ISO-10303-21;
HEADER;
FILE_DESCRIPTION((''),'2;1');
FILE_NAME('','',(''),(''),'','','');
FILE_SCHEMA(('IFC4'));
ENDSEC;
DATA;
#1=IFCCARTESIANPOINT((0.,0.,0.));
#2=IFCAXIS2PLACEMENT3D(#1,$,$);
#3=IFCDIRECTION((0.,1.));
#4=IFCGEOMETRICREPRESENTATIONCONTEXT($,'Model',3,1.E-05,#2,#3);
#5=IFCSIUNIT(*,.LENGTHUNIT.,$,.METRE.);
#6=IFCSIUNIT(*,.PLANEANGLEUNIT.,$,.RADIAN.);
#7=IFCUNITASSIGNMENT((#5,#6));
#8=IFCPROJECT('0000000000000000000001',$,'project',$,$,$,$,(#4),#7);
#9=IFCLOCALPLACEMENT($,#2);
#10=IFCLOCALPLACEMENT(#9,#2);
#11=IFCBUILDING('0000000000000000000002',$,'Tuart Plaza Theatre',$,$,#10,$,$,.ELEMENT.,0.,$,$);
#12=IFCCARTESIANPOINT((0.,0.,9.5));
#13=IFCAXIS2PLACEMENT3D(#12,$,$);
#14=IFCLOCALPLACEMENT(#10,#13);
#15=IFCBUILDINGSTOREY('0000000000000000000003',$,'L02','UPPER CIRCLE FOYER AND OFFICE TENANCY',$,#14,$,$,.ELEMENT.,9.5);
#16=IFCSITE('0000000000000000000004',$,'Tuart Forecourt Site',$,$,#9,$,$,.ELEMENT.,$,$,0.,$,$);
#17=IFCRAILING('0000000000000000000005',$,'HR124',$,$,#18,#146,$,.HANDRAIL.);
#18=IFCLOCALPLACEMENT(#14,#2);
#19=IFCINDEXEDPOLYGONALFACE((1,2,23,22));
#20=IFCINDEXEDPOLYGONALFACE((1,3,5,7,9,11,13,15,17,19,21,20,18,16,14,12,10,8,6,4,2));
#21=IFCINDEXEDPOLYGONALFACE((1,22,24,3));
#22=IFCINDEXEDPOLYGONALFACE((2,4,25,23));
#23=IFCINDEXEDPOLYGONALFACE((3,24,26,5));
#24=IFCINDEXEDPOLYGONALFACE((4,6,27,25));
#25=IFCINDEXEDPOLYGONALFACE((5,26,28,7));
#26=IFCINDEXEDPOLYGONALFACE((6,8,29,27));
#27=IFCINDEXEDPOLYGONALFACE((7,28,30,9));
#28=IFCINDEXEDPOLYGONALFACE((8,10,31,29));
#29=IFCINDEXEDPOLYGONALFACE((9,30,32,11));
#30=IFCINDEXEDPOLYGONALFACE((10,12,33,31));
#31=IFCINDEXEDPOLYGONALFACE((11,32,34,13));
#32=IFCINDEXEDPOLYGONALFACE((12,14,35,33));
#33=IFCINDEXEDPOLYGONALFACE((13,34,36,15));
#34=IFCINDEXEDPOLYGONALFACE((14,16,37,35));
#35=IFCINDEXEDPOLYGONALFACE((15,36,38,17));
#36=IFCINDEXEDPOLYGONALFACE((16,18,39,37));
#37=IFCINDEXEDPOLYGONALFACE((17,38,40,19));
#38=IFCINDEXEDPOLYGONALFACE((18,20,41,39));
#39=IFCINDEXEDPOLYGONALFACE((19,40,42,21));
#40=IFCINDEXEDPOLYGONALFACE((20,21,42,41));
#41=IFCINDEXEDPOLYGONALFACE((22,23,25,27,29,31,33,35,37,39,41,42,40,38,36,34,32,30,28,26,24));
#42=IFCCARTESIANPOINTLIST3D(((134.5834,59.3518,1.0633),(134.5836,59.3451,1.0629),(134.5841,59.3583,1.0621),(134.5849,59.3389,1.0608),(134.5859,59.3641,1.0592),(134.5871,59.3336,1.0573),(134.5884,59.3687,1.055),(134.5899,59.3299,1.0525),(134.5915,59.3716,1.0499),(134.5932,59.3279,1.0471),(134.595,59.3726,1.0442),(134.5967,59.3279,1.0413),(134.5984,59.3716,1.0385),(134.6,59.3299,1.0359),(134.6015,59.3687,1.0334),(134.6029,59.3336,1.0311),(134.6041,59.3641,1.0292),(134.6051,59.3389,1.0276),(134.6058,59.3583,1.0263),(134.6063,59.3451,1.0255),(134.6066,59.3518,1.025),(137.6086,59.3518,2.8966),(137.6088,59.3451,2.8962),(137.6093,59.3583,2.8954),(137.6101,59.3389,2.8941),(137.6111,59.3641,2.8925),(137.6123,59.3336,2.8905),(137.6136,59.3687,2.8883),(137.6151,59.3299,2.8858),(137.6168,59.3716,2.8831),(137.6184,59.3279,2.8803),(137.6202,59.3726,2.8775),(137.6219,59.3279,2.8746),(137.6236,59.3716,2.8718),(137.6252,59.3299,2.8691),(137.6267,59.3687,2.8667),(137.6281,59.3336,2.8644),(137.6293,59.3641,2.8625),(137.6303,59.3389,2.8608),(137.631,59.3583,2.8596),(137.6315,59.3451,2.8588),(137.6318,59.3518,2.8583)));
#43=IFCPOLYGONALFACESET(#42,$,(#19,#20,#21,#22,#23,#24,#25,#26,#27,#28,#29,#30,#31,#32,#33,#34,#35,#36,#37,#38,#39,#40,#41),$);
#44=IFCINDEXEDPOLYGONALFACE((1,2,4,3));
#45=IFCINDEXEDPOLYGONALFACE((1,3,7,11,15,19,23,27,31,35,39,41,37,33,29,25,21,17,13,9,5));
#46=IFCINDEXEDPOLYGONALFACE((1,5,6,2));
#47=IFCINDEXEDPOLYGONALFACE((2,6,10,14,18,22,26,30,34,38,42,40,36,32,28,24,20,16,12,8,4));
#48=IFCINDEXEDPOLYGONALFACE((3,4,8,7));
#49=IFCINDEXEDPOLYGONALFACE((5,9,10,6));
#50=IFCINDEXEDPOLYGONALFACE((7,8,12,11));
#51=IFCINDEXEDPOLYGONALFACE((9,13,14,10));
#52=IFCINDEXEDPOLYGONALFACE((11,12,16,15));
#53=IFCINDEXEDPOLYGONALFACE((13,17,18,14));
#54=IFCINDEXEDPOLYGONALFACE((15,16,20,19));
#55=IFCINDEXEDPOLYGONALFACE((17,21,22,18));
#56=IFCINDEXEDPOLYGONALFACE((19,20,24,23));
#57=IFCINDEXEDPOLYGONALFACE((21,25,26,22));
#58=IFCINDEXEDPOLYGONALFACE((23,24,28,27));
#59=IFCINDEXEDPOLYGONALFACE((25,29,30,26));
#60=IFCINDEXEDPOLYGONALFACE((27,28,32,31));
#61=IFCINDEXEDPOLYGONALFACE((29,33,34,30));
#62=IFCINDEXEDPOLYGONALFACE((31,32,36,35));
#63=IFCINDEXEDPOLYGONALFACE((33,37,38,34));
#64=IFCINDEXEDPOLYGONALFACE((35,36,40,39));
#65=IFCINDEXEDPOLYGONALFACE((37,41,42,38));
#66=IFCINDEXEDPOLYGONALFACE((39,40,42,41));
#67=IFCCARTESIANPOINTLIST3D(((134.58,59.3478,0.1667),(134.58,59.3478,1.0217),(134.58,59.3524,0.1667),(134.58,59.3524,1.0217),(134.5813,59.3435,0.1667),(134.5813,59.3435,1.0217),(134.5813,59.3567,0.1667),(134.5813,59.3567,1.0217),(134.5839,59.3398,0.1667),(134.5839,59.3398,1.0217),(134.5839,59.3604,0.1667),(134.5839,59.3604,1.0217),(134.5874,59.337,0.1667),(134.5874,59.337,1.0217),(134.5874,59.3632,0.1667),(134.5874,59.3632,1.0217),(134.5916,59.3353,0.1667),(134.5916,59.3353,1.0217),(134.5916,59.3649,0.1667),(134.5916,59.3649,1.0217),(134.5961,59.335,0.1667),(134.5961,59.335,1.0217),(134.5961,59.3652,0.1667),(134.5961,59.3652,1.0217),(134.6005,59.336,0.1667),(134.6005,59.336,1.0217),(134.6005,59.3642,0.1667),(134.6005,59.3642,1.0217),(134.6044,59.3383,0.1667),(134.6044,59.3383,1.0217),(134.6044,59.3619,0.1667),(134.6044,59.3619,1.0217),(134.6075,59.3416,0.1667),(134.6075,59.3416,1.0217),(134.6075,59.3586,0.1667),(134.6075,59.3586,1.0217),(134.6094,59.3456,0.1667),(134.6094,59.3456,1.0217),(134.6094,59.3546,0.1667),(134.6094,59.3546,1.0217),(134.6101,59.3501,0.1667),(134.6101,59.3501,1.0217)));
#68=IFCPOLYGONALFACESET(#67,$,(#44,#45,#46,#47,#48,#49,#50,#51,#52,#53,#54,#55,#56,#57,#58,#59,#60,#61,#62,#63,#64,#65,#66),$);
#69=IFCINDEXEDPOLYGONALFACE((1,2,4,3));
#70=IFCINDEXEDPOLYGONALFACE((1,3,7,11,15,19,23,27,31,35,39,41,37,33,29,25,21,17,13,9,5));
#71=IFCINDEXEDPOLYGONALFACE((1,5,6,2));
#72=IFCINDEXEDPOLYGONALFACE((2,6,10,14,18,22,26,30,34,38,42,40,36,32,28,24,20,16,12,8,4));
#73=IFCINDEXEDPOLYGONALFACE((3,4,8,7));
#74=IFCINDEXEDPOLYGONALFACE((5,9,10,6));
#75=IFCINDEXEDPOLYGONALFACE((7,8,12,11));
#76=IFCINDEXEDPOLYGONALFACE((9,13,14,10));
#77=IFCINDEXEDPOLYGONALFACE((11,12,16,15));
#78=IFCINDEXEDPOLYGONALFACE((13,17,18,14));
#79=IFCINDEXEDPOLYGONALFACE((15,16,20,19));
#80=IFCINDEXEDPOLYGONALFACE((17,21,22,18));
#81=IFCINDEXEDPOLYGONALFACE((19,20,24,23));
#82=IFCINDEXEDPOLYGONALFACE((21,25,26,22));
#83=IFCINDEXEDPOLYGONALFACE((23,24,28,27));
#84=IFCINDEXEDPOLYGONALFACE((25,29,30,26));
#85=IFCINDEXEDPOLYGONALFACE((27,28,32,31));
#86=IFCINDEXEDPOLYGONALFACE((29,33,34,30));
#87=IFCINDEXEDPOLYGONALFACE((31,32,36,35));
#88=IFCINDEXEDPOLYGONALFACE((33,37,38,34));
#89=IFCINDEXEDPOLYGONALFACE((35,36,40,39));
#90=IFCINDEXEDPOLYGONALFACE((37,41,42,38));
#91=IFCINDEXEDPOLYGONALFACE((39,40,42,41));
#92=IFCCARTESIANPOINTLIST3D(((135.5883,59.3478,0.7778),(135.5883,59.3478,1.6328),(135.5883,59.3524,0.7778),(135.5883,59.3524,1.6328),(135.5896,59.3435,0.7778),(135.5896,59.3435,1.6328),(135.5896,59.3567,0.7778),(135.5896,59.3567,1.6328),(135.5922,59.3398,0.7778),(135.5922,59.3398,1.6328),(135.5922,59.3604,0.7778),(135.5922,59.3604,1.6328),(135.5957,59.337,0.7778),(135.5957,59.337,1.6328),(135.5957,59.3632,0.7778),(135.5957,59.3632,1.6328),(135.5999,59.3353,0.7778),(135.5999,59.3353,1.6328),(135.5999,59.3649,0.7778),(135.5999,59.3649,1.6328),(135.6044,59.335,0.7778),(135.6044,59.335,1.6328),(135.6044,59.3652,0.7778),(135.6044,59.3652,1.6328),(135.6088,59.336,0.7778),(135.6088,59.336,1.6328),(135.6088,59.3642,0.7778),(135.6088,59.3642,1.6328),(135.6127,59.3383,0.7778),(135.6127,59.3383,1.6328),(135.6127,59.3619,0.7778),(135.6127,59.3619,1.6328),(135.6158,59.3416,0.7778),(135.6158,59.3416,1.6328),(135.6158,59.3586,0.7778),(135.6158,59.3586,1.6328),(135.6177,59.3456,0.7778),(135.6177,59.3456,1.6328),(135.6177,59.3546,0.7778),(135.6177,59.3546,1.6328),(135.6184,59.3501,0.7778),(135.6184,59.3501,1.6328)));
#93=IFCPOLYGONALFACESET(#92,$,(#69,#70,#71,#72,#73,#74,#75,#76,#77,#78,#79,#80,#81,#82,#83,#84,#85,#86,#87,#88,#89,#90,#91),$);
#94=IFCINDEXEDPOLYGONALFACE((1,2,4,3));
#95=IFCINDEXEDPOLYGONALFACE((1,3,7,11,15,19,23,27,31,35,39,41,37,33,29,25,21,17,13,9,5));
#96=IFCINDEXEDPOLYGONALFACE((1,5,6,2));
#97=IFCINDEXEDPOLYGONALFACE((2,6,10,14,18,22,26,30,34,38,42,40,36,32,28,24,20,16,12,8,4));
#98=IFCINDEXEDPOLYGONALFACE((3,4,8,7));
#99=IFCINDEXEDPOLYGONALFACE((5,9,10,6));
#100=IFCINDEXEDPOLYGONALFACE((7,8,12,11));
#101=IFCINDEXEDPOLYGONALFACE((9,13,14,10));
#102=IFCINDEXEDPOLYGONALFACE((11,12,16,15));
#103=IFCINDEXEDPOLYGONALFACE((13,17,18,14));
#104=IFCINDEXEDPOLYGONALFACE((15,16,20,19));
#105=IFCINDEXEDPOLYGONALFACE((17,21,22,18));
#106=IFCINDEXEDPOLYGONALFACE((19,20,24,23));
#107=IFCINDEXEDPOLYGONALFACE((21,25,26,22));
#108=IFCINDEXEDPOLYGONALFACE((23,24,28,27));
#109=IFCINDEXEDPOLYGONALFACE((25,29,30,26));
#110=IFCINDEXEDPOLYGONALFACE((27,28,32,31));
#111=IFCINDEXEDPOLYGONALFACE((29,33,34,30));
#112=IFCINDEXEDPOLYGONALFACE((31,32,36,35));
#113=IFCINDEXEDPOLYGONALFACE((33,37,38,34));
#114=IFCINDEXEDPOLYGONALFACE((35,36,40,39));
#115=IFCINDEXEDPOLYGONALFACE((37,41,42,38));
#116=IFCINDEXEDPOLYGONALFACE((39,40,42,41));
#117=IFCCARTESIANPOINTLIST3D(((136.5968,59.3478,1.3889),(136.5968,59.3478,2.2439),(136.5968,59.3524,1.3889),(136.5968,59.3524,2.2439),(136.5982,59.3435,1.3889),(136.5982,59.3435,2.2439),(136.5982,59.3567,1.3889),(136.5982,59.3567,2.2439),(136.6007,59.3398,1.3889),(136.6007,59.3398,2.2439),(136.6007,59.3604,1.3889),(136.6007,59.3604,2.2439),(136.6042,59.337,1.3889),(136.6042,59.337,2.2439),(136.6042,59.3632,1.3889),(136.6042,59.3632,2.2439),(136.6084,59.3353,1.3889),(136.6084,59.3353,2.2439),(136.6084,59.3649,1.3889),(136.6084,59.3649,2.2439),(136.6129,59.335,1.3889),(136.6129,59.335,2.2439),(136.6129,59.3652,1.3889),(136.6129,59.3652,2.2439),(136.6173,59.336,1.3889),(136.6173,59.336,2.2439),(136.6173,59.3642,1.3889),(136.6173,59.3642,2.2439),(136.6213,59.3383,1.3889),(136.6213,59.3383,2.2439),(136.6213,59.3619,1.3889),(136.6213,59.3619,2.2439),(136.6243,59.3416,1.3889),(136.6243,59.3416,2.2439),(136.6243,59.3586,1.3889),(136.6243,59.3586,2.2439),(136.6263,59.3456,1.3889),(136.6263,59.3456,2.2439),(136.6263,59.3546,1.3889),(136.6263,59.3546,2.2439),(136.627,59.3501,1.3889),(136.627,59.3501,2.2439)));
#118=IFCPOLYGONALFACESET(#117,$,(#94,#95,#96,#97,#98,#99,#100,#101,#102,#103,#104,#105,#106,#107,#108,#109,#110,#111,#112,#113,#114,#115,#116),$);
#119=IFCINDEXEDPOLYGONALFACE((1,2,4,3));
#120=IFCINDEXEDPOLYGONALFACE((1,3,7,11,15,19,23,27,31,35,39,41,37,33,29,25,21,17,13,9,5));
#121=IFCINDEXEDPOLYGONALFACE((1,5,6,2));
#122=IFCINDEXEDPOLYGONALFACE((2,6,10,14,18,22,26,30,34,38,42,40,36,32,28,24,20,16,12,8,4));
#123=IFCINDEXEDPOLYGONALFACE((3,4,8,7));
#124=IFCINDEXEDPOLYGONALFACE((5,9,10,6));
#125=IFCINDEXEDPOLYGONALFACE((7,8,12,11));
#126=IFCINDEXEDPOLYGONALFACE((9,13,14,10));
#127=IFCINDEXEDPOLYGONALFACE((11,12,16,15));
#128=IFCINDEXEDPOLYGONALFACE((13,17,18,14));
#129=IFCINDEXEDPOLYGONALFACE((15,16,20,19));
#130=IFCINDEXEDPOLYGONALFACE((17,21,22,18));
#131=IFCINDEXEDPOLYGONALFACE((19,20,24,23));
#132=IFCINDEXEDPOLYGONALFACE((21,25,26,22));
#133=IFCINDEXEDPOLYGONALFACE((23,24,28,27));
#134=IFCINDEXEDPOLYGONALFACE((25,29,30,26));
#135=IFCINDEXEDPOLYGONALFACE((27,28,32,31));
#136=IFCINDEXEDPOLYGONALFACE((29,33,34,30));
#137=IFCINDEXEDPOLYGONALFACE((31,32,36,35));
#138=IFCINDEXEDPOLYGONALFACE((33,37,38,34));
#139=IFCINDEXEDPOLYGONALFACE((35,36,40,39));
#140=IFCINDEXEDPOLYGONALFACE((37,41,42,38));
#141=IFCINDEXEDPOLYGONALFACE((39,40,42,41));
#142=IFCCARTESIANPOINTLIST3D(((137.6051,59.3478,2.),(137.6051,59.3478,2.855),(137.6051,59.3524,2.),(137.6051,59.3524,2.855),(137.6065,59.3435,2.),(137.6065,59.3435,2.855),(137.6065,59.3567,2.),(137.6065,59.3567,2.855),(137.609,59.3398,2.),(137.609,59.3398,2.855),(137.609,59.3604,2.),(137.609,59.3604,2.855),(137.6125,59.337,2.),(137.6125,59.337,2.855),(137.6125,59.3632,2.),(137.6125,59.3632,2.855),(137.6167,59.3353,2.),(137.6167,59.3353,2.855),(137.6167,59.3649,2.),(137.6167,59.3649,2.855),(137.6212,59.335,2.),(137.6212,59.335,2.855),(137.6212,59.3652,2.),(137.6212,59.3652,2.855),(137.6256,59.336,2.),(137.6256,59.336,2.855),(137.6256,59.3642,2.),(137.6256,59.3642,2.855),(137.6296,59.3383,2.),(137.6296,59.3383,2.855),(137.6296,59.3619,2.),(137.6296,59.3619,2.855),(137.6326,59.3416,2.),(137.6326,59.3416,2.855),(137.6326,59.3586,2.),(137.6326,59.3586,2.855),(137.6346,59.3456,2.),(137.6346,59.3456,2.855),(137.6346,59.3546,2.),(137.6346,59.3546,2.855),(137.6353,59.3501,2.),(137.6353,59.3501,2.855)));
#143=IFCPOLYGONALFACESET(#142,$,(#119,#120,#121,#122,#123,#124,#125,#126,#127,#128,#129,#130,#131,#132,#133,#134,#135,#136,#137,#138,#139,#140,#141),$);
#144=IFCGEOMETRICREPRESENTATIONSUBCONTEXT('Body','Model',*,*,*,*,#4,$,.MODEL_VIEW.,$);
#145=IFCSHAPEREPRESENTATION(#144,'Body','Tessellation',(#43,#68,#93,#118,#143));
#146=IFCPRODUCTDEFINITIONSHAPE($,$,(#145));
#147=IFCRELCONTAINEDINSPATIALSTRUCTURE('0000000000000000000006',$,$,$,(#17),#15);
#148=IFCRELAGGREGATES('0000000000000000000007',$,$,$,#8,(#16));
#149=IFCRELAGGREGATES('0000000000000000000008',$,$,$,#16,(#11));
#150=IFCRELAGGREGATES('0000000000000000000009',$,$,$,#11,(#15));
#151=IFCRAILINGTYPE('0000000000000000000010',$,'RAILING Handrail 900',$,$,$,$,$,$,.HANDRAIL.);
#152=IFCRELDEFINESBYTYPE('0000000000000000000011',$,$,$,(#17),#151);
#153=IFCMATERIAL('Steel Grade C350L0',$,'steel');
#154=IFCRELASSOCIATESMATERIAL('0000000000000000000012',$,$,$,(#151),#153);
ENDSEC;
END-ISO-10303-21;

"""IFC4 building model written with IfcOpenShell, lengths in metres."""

from ifc_helpers import new_model, si_unit, direction, frame, origin, origin_2d, place, context, subcontext, project, spatial, circle, extrude, material, type_object, element, save


model = new_model("IFC4")

# Units and contexts
model_context = context("Model", 3, precision=1e-05, world=origin(), true_north=direction((0.0, 1.0)))
body_context = subcontext(model_context, "Body", "Model", "MODEL_VIEW")
ifc_project = project(units=[si_unit("LENGTHUNIT", "METRE"), si_unit("PLANEANGLEUNIT", "RADIAN")], contexts=[model_context])

# Site, building, storey
site_placement = place(None, origin())
site = spatial("IfcSite", under=ifc_project, at=site_placement, Name="Tuart Forecourt Site", CompositionType="ELEMENT", RefElevation=0.0)
building_placement = place(site_placement, origin())
building = spatial("IfcBuilding", under=site, at=building_placement, Name="Tuart Plaza Theatre", CompositionType="ELEMENT", ElevationOfRefHeight=0.0)
storey_placement = place(building_placement, frame((0.0, 0.0, 9.5)))
storey = spatial("IfcBuildingStorey", under=building, at=storey_placement, Name="L02", Description="UPPER CIRCLE FOYER AND OFFICE TENANCY", CompositionType="ELEMENT", Elevation=9.5)

# Railing
ifc_material_1 = material(Name="Steel Grade C350L0", Category="steel")
railing_type_1 = type_object("IfcRailingType", Name="RAILING Handrail 900", PredefinedType="HANDRAIL", material=ifc_material_1)
for number, where, name in (
    (1, (134.595, 59.3501, 0.1667), "HR124"),
):
    element("IfcRailing", number, at=place(storey_placement, frame(where)), inside=storey, type_object=railing_type_1, Name=name, PredefinedType="HANDRAIL", context=body_context, shape_type="SweptSolid", body=[
        extrude(circle(Radius=0.0225, at=origin_2d()), frame((0.0, 0.0, 0.8774), z_axis=(0.855219, 0.0, 0.518267), x_axis=(0.0, 1.0, 0.0)), (0.0, 0.0, 1.0), 3.5374),
        extrude(circle(Radius=0.0151, at=origin_2d()), origin(), (0.0, 0.0, 1.0), 0.855),
        extrude(circle(Radius=0.0151, at=origin_2d()), frame((1.0083, 0.0, 0.6111)), (0.0, 0.0, 1.0), 0.855),
        extrude(circle(Radius=0.0151, at=origin_2d()), frame((2.0168, 0.0, 1.2222)), (0.0, 0.0, 1.0), 0.855),
        extrude(circle(Radius=0.0151, at=origin_2d()), frame((3.0251, 0.0, 1.8333)), (0.0, 0.0, 1.0), 0.855),
    ])

save(model, "model.ifc")
